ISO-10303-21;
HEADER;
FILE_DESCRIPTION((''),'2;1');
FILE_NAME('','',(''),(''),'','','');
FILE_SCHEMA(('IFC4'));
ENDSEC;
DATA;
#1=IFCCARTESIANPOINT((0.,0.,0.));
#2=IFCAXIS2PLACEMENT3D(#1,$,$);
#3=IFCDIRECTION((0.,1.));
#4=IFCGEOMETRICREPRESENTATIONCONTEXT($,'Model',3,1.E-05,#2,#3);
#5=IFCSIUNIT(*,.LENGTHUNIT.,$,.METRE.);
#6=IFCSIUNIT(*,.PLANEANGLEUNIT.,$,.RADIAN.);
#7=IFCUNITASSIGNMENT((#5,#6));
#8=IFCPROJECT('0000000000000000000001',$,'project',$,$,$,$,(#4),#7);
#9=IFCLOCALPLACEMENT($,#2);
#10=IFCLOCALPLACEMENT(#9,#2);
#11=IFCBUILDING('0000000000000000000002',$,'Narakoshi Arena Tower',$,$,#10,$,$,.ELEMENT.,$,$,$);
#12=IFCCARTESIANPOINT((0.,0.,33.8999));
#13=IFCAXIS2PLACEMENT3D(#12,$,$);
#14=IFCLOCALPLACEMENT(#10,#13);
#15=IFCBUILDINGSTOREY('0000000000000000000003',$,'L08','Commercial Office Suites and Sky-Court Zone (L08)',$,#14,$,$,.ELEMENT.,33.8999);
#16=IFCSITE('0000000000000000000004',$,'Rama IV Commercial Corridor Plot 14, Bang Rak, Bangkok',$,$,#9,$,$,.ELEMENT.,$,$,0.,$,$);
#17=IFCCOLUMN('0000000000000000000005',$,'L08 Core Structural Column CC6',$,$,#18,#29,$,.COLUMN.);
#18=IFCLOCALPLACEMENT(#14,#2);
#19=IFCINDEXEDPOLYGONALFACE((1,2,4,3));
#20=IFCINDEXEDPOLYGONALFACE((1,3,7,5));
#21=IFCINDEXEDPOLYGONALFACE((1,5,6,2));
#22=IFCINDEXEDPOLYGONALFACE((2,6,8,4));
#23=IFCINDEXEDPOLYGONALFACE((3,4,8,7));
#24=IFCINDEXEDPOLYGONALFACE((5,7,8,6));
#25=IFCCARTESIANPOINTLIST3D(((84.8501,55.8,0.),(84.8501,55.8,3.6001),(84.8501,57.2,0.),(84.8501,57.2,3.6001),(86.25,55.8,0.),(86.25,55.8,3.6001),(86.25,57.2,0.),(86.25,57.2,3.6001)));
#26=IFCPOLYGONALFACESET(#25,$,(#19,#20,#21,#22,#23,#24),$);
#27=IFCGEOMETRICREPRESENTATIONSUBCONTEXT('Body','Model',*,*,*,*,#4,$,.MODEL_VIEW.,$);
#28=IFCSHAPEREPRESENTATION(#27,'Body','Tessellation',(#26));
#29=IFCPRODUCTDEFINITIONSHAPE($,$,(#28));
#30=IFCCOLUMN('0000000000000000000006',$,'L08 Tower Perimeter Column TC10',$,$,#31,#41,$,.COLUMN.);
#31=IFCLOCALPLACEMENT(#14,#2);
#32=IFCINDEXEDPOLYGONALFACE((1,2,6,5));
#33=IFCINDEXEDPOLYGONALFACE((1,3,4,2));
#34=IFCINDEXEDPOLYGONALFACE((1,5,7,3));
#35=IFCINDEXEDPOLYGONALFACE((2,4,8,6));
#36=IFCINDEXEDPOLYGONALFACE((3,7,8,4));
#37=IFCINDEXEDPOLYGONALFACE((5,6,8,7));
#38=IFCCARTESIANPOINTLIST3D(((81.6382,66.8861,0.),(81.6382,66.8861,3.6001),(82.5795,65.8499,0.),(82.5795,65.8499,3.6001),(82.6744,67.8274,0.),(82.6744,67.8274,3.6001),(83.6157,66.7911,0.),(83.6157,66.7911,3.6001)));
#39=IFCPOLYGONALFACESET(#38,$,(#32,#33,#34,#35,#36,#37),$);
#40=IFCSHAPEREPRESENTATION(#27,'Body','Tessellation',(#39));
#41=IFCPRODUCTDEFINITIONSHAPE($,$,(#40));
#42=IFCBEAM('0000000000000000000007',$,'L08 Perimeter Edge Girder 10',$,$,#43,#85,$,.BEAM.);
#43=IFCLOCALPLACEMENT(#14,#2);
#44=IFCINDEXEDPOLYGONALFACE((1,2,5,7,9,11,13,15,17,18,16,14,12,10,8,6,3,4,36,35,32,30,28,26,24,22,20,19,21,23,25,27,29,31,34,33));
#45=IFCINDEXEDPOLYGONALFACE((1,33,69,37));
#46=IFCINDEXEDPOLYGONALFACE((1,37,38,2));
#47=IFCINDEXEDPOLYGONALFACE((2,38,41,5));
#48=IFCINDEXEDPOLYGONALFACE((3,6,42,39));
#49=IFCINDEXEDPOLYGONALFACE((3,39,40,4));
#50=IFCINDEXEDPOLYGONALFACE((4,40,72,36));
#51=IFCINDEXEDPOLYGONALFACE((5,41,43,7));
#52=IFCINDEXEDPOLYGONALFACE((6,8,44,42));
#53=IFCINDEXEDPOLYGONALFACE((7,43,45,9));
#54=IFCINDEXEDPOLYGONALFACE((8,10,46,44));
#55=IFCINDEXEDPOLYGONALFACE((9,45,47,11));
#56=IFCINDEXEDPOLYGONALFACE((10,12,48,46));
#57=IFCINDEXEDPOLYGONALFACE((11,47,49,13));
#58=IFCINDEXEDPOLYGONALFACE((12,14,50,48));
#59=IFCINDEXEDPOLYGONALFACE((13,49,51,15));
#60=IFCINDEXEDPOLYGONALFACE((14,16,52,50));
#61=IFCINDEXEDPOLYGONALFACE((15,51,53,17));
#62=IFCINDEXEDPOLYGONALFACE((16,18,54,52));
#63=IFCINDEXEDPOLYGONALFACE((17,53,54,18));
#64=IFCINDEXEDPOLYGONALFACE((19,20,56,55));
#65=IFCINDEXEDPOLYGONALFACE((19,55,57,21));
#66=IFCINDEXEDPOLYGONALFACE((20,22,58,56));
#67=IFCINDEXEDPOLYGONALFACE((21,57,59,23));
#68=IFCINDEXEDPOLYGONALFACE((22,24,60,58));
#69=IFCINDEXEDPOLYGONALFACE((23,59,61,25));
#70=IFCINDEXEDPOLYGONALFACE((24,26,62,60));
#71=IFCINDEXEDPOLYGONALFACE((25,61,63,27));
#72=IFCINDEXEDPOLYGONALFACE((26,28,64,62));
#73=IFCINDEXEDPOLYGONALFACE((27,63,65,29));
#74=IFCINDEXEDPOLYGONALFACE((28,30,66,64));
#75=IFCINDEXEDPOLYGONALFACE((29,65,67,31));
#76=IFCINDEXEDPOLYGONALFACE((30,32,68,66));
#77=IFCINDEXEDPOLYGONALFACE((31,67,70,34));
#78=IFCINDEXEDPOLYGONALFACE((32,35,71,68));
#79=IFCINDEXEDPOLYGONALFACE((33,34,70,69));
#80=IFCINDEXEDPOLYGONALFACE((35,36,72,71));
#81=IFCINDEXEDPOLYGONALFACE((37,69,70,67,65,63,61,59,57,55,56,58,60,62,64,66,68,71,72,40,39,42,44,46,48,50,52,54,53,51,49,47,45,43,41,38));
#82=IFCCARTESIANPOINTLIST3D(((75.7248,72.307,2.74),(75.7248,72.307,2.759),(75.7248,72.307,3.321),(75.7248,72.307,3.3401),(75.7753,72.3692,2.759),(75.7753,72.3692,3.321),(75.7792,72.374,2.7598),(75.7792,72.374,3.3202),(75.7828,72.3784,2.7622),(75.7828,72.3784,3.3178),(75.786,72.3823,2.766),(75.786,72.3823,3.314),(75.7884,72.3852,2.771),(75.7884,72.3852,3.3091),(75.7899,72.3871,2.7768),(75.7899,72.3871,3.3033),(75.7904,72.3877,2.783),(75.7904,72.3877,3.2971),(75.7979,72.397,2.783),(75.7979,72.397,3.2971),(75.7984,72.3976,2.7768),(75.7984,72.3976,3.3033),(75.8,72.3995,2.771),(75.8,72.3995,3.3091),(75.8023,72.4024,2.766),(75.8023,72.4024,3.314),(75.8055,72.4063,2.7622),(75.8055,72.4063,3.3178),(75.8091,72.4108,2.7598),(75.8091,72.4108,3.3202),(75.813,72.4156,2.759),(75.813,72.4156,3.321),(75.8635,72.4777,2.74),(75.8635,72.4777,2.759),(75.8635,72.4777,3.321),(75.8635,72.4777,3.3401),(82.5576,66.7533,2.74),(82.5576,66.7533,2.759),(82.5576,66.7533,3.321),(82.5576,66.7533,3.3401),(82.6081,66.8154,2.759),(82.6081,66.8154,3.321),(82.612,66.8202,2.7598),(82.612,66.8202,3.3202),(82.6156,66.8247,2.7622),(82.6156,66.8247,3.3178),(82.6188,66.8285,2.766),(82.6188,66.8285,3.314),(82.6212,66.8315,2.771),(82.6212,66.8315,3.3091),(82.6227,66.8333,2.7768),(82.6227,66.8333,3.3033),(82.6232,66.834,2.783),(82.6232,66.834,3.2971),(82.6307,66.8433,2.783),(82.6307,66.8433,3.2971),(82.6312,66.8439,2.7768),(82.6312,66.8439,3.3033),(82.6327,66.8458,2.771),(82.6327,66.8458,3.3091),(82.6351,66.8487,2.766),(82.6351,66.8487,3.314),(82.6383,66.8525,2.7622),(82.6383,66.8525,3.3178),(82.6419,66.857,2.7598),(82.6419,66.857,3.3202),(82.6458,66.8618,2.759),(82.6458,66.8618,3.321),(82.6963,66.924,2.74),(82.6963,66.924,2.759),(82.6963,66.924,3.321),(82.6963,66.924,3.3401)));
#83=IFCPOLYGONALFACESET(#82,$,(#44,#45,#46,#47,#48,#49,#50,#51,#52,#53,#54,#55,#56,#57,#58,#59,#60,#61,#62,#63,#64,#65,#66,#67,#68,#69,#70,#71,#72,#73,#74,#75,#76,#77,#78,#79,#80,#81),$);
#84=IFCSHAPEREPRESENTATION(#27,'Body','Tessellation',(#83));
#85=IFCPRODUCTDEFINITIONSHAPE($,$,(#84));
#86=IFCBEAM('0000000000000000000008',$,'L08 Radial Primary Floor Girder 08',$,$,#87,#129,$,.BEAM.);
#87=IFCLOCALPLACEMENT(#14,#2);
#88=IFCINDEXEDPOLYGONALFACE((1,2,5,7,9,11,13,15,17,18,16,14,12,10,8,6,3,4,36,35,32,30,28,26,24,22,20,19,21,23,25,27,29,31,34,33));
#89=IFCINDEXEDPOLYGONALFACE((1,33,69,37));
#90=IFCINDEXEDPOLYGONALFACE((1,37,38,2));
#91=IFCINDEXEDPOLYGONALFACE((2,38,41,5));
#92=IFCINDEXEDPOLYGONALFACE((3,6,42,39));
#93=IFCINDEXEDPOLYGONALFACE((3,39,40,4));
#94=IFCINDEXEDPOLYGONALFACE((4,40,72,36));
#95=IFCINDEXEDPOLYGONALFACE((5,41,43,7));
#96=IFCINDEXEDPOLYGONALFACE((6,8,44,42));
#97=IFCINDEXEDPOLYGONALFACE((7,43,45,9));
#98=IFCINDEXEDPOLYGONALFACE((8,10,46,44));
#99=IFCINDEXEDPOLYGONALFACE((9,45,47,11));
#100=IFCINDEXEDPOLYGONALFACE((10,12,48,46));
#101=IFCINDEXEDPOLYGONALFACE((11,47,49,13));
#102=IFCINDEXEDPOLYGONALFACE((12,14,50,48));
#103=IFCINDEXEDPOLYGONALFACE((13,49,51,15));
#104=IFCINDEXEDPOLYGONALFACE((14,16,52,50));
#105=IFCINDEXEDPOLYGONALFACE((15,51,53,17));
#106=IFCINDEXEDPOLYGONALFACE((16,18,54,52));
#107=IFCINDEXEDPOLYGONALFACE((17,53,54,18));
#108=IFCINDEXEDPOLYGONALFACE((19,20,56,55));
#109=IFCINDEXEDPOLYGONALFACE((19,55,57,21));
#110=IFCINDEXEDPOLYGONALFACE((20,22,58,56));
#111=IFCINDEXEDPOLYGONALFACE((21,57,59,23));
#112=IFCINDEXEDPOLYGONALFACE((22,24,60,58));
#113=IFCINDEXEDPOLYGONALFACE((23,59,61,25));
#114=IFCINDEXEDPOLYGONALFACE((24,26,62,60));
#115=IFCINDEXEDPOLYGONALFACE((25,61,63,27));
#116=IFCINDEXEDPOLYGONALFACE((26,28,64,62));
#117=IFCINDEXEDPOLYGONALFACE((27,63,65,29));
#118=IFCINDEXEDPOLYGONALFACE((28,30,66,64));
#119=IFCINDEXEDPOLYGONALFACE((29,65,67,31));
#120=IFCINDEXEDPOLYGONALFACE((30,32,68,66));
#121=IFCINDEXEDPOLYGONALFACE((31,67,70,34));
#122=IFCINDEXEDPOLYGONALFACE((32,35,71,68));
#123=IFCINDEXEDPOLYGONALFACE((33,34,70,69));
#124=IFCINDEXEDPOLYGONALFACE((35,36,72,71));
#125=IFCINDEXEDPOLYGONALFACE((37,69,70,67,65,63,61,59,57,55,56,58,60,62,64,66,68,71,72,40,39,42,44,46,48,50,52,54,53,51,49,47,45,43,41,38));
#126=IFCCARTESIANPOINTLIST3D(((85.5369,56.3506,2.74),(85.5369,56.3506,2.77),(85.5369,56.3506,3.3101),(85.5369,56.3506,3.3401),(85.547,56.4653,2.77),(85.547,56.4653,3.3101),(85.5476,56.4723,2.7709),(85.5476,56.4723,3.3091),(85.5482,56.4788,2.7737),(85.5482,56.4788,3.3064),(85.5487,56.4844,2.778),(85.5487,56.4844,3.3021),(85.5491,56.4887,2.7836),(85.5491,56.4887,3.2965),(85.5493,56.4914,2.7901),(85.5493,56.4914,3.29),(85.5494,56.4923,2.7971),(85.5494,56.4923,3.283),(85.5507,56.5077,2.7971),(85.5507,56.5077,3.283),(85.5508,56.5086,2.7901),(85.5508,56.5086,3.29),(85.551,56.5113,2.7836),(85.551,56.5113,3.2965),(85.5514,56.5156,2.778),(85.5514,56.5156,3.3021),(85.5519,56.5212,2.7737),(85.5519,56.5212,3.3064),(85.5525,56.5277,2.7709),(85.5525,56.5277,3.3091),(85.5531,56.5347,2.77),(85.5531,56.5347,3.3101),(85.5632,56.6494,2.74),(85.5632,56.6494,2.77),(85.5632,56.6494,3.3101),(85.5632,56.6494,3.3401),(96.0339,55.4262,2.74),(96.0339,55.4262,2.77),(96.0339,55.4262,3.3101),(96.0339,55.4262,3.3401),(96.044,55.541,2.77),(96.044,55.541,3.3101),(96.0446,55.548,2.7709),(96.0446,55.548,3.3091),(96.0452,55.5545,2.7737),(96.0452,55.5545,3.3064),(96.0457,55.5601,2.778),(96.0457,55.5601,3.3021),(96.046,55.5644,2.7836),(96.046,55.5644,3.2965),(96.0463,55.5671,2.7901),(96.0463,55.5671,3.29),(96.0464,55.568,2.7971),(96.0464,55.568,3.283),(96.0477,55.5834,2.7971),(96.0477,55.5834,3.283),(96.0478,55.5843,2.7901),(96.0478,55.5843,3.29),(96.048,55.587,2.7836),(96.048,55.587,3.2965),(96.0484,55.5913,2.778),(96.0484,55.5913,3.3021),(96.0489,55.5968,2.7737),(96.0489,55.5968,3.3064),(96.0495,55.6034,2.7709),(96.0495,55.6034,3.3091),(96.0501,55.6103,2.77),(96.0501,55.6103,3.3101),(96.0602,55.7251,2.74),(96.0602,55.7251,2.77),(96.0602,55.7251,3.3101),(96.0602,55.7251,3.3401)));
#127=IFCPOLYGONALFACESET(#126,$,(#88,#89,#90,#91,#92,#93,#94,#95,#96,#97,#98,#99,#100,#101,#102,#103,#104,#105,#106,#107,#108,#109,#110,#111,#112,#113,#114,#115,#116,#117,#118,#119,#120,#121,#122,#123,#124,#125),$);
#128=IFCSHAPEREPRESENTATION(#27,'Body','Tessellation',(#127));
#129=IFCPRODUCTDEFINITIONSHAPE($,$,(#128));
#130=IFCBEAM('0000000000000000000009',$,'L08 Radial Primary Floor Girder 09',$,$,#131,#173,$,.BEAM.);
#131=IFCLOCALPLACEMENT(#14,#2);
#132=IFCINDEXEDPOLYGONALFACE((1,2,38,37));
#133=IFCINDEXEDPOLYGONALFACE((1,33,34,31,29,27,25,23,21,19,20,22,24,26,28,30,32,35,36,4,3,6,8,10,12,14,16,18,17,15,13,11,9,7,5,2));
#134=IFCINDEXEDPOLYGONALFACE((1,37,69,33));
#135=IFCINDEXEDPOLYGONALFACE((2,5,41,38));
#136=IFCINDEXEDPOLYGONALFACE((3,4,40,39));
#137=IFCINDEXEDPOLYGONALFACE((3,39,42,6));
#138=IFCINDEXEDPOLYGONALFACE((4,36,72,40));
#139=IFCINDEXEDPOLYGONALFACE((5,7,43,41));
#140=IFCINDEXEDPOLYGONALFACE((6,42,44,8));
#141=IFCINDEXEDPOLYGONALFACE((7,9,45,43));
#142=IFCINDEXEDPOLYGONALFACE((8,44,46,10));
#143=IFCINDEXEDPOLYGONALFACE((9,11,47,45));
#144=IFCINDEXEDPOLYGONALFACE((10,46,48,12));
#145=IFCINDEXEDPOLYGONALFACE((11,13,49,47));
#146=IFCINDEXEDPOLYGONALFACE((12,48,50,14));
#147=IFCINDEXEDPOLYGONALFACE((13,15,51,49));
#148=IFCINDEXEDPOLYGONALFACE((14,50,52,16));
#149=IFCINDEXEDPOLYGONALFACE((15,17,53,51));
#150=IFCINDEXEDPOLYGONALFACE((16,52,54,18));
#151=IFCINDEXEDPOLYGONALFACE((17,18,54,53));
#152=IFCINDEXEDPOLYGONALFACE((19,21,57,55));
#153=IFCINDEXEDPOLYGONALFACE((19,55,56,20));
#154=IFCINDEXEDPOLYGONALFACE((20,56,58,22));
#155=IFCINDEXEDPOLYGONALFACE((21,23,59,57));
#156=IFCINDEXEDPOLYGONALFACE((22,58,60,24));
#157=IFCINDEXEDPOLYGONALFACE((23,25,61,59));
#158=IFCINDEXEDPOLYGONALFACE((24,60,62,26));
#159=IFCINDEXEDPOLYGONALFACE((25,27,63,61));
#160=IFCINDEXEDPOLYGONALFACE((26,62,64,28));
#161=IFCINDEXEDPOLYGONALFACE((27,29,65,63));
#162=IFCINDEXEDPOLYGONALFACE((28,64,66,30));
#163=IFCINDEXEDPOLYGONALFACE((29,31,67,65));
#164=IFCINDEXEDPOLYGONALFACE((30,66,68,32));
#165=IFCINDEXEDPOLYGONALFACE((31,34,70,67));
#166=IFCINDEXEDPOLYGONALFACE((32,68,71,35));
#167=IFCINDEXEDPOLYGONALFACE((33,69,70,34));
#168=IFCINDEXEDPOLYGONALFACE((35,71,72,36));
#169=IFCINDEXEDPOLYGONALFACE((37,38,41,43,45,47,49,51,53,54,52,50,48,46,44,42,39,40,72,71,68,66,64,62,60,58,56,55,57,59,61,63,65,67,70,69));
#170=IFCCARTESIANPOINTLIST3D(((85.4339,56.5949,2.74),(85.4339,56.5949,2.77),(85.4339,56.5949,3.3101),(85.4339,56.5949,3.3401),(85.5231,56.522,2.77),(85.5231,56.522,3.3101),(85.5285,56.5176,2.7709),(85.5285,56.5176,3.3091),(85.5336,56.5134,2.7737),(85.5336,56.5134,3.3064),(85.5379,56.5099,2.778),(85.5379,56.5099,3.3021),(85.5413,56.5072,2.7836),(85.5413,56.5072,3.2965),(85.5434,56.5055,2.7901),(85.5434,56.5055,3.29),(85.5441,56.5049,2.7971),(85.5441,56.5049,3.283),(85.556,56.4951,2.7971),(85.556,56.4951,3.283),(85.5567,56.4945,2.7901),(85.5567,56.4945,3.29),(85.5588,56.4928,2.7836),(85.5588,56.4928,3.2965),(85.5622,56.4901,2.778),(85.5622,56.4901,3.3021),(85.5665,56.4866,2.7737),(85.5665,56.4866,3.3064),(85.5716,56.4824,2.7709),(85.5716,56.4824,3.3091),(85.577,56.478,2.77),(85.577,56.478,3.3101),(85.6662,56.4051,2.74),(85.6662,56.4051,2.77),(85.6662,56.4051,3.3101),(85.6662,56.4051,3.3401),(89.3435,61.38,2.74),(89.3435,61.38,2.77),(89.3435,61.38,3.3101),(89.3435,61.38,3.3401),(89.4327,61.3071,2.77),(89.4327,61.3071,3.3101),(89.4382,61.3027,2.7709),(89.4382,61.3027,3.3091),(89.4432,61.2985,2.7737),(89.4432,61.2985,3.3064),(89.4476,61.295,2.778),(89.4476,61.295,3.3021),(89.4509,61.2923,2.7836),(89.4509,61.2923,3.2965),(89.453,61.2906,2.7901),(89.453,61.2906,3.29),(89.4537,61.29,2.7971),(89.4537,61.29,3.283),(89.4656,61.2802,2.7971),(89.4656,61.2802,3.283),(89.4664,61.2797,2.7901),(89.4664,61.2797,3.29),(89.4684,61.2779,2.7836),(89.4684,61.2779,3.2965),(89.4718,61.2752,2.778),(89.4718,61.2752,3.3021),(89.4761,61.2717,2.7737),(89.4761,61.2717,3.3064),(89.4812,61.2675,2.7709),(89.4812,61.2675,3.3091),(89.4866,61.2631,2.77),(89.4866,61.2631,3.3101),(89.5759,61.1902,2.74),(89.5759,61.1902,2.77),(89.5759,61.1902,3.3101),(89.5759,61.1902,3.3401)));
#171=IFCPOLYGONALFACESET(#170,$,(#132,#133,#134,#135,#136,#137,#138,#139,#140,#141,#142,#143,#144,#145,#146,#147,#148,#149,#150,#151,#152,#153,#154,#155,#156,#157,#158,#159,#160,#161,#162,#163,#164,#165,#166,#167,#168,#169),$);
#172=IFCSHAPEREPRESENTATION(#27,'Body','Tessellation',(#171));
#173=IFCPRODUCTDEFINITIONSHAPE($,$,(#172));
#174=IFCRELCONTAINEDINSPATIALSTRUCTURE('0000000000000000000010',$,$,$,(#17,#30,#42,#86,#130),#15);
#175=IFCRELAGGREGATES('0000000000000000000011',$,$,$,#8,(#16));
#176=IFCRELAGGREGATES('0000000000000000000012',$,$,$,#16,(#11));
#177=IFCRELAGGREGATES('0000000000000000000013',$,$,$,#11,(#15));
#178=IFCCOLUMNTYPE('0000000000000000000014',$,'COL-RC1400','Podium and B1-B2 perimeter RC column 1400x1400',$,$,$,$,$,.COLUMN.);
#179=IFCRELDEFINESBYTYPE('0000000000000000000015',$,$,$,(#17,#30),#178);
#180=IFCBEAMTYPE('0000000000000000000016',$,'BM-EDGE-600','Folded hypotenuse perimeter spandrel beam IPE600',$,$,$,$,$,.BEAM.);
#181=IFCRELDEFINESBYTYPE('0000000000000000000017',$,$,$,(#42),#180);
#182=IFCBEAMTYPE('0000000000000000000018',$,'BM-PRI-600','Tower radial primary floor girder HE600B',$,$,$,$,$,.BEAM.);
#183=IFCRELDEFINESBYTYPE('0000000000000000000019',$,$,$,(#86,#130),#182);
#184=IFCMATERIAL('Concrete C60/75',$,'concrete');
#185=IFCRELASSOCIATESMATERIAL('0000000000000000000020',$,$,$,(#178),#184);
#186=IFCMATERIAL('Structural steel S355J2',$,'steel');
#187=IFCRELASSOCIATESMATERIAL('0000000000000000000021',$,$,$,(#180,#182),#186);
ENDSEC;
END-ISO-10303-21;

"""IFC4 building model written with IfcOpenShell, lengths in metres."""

from ifc_helpers import new_model, si_unit, direction, frame, origin, origin_2d, place, context, subcontext, project, spatial, rectangle, i_section, extrude, material, material_profile, profile_set, type_object, element, save


model = new_model("IFC4")

# Units and contexts
model_context = context("Model", 3, precision=1e-05, world=origin(), true_north=direction((0.0, 1.0)))
body_context = subcontext(model_context, "Body", "Model", "MODEL_VIEW")
ifc_project = project(units=[si_unit("LENGTHUNIT", "METRE"), si_unit("PLANEANGLEUNIT", "RADIAN")], contexts=[model_context])

# Site, building, storey
site_placement = place(None, origin())
site = spatial("IfcSite", under=ifc_project, at=site_placement, Name="Rama IV Commercial Corridor Plot 14, Bang Rak, Bangkok", CompositionType="ELEMENT", RefElevation=0.0)
building_placement = place(site_placement, origin())
building = spatial("IfcBuilding", under=site, at=building_placement, Name="Narakoshi Arena Tower", CompositionType="ELEMENT")
storey_placement = place(building_placement, frame((0.0, 0.0, 33.8999)))
storey = spatial("IfcBuildingStorey", under=building, at=storey_placement, Name="L08", Description="Commercial Office Suites and Sky-Court Zone (L08)", CompositionType="ELEMENT", Elevation=33.8999)

# Columns
ifc_material_1 = material(Name="Concrete C60/75", Category="concrete")
ifc_material_profile_1 = material_profile(ifc_material_1, rectangle(XDim=1.3999, YDim=1.3999, at=origin_2d()), Name="RC1400x1400")
ifc_profile_set_1 = profile_set([ifc_material_profile_1], Name="Concrete C60/75")
column_type = type_object("IfcColumnType", Name="COL-RC1400", Description="Podium and B1-B2 perimeter RC column 1400x1400", PredefinedType="COLUMN", material=ifc_profile_set_1)
for number, where, z_axis, x_axis, name in (
    (1, (85.55, 56.5, 0.0), (0.0, 0.0, 1.0), (1.0, 0.0, 0.0), "L08 Core Structural Column CC6"),
    (2, (82.627, 66.8386, 0.0), (0.0, 0.0, 1.0), (0.740218, 0.672367, 0.0), "L08 Tower Perimeter Column TC10"),
):
    element("IfcColumn", number, at=place(storey_placement, frame(where, z_axis=z_axis, x_axis=x_axis)), inside=storey, type_object=column_type, Name=name, PredefinedType="COLUMN", context=body_context, shape_type="SweptSolid", body=[
        extrude(rectangle(XDim=1.3999, YDim=1.3999, at=origin_2d()), origin(), (0.0, 0.0, 1.0), 3.6001),
    ])

# Beams
ifc_material_2 = material(Name="Structural steel S355J2", Category="steel")
ifc_material_profile_2 = material_profile(ifc_material_2, i_section(OverallWidth=0.22, OverallDepth=0.6001, WebThickness=0.012, FlangeThickness=0.019, FilletRadius=0.0239, at=origin_2d()), Name="IPE600")
ifc_profile_set_2 = profile_set([ifc_material_profile_2], Name="Structural steel S355J2")
beam_type_1 = type_object("IfcBeamType", Name="BM-EDGE-600", Description="Folded hypotenuse perimeter spandrel beam IPE600", PredefinedType="BEAM", material=ifc_profile_set_2)
beam_1_placement = place(storey_placement, frame((82.627, 66.8386, 3.04), z_axis=(-0.775998, 0.630736, 0.0), x_axis=(-0.630736, -0.775998, 0.0)))
element("IfcBeam", 3, at=beam_1_placement, inside=storey, type_object=beam_type_1, Name="L08 Perimeter Edge Girder 10", PredefinedType="BEAM", context=body_context, shape_type="SweptSolid", body=[
    extrude(i_section(OverallWidth=0.22, OverallDepth=0.6001, WebThickness=0.012, FlangeThickness=0.019, FilletRadius=0.0239, at=origin_2d()), origin(), (0.0, 0.0, 1.0), 8.8052),
])
ifc_material_profile_3 = material_profile(ifc_material_2, i_section(OverallWidth=0.3, OverallDepth=0.6001, WebThickness=0.0154, FlangeThickness=0.03, FilletRadius=0.0271, at=origin_2d()), Name="HE600B")
ifc_profile_set_3 = profile_set([ifc_material_profile_3], Name="Structural steel S355J2")
beam_type_2 = type_object("IfcBeamType", Name="BM-PRI-600", Description="Tower radial primary floor girder HE600B", PredefinedType="BEAM", material=ifc_profile_set_3)
beam_2_placement = place(storey_placement, frame((85.55, 56.5, 3.04), z_axis=(0.996146, -0.087715, 0.0), x_axis=(0.087715, 0.996146, 0.0)))
element("IfcBeam", 4, at=beam_2_placement, inside=storey, type_object=beam_type_2, Name="L08 Radial Primary Floor Girder 08", PredefinedType="BEAM", context=body_context, shape_type="SweptSolid", body=[
    extrude(i_section(OverallWidth=0.3, OverallDepth=0.6001, WebThickness=0.0154, FlangeThickness=0.03, FilletRadius=0.0271, at=origin_2d()), origin(), (0.0, 0.0, 1.0), 10.5376),
])
beam_3_placement = place(storey_placement, frame((85.55, 56.5, 3.04), z_axis=(0.632708, 0.77439, 0.0), x_axis=(-0.77439, 0.632708, 0.0)))
element("IfcBeam", 5, at=beam_3_placement, inside=storey, type_object=beam_type_2, Name="L08 Radial Primary Floor Girder 09", PredefinedType="BEAM", context=body_context, shape_type="SweptSolid", body=[
    extrude(i_section(OverallWidth=0.3, OverallDepth=0.6001, WebThickness=0.0154, FlangeThickness=0.03, FilletRadius=0.0271, at=origin_2d()), origin(), (0.0, 0.0, 1.0), 6.1792),
])

save(model, "model.ifc")
